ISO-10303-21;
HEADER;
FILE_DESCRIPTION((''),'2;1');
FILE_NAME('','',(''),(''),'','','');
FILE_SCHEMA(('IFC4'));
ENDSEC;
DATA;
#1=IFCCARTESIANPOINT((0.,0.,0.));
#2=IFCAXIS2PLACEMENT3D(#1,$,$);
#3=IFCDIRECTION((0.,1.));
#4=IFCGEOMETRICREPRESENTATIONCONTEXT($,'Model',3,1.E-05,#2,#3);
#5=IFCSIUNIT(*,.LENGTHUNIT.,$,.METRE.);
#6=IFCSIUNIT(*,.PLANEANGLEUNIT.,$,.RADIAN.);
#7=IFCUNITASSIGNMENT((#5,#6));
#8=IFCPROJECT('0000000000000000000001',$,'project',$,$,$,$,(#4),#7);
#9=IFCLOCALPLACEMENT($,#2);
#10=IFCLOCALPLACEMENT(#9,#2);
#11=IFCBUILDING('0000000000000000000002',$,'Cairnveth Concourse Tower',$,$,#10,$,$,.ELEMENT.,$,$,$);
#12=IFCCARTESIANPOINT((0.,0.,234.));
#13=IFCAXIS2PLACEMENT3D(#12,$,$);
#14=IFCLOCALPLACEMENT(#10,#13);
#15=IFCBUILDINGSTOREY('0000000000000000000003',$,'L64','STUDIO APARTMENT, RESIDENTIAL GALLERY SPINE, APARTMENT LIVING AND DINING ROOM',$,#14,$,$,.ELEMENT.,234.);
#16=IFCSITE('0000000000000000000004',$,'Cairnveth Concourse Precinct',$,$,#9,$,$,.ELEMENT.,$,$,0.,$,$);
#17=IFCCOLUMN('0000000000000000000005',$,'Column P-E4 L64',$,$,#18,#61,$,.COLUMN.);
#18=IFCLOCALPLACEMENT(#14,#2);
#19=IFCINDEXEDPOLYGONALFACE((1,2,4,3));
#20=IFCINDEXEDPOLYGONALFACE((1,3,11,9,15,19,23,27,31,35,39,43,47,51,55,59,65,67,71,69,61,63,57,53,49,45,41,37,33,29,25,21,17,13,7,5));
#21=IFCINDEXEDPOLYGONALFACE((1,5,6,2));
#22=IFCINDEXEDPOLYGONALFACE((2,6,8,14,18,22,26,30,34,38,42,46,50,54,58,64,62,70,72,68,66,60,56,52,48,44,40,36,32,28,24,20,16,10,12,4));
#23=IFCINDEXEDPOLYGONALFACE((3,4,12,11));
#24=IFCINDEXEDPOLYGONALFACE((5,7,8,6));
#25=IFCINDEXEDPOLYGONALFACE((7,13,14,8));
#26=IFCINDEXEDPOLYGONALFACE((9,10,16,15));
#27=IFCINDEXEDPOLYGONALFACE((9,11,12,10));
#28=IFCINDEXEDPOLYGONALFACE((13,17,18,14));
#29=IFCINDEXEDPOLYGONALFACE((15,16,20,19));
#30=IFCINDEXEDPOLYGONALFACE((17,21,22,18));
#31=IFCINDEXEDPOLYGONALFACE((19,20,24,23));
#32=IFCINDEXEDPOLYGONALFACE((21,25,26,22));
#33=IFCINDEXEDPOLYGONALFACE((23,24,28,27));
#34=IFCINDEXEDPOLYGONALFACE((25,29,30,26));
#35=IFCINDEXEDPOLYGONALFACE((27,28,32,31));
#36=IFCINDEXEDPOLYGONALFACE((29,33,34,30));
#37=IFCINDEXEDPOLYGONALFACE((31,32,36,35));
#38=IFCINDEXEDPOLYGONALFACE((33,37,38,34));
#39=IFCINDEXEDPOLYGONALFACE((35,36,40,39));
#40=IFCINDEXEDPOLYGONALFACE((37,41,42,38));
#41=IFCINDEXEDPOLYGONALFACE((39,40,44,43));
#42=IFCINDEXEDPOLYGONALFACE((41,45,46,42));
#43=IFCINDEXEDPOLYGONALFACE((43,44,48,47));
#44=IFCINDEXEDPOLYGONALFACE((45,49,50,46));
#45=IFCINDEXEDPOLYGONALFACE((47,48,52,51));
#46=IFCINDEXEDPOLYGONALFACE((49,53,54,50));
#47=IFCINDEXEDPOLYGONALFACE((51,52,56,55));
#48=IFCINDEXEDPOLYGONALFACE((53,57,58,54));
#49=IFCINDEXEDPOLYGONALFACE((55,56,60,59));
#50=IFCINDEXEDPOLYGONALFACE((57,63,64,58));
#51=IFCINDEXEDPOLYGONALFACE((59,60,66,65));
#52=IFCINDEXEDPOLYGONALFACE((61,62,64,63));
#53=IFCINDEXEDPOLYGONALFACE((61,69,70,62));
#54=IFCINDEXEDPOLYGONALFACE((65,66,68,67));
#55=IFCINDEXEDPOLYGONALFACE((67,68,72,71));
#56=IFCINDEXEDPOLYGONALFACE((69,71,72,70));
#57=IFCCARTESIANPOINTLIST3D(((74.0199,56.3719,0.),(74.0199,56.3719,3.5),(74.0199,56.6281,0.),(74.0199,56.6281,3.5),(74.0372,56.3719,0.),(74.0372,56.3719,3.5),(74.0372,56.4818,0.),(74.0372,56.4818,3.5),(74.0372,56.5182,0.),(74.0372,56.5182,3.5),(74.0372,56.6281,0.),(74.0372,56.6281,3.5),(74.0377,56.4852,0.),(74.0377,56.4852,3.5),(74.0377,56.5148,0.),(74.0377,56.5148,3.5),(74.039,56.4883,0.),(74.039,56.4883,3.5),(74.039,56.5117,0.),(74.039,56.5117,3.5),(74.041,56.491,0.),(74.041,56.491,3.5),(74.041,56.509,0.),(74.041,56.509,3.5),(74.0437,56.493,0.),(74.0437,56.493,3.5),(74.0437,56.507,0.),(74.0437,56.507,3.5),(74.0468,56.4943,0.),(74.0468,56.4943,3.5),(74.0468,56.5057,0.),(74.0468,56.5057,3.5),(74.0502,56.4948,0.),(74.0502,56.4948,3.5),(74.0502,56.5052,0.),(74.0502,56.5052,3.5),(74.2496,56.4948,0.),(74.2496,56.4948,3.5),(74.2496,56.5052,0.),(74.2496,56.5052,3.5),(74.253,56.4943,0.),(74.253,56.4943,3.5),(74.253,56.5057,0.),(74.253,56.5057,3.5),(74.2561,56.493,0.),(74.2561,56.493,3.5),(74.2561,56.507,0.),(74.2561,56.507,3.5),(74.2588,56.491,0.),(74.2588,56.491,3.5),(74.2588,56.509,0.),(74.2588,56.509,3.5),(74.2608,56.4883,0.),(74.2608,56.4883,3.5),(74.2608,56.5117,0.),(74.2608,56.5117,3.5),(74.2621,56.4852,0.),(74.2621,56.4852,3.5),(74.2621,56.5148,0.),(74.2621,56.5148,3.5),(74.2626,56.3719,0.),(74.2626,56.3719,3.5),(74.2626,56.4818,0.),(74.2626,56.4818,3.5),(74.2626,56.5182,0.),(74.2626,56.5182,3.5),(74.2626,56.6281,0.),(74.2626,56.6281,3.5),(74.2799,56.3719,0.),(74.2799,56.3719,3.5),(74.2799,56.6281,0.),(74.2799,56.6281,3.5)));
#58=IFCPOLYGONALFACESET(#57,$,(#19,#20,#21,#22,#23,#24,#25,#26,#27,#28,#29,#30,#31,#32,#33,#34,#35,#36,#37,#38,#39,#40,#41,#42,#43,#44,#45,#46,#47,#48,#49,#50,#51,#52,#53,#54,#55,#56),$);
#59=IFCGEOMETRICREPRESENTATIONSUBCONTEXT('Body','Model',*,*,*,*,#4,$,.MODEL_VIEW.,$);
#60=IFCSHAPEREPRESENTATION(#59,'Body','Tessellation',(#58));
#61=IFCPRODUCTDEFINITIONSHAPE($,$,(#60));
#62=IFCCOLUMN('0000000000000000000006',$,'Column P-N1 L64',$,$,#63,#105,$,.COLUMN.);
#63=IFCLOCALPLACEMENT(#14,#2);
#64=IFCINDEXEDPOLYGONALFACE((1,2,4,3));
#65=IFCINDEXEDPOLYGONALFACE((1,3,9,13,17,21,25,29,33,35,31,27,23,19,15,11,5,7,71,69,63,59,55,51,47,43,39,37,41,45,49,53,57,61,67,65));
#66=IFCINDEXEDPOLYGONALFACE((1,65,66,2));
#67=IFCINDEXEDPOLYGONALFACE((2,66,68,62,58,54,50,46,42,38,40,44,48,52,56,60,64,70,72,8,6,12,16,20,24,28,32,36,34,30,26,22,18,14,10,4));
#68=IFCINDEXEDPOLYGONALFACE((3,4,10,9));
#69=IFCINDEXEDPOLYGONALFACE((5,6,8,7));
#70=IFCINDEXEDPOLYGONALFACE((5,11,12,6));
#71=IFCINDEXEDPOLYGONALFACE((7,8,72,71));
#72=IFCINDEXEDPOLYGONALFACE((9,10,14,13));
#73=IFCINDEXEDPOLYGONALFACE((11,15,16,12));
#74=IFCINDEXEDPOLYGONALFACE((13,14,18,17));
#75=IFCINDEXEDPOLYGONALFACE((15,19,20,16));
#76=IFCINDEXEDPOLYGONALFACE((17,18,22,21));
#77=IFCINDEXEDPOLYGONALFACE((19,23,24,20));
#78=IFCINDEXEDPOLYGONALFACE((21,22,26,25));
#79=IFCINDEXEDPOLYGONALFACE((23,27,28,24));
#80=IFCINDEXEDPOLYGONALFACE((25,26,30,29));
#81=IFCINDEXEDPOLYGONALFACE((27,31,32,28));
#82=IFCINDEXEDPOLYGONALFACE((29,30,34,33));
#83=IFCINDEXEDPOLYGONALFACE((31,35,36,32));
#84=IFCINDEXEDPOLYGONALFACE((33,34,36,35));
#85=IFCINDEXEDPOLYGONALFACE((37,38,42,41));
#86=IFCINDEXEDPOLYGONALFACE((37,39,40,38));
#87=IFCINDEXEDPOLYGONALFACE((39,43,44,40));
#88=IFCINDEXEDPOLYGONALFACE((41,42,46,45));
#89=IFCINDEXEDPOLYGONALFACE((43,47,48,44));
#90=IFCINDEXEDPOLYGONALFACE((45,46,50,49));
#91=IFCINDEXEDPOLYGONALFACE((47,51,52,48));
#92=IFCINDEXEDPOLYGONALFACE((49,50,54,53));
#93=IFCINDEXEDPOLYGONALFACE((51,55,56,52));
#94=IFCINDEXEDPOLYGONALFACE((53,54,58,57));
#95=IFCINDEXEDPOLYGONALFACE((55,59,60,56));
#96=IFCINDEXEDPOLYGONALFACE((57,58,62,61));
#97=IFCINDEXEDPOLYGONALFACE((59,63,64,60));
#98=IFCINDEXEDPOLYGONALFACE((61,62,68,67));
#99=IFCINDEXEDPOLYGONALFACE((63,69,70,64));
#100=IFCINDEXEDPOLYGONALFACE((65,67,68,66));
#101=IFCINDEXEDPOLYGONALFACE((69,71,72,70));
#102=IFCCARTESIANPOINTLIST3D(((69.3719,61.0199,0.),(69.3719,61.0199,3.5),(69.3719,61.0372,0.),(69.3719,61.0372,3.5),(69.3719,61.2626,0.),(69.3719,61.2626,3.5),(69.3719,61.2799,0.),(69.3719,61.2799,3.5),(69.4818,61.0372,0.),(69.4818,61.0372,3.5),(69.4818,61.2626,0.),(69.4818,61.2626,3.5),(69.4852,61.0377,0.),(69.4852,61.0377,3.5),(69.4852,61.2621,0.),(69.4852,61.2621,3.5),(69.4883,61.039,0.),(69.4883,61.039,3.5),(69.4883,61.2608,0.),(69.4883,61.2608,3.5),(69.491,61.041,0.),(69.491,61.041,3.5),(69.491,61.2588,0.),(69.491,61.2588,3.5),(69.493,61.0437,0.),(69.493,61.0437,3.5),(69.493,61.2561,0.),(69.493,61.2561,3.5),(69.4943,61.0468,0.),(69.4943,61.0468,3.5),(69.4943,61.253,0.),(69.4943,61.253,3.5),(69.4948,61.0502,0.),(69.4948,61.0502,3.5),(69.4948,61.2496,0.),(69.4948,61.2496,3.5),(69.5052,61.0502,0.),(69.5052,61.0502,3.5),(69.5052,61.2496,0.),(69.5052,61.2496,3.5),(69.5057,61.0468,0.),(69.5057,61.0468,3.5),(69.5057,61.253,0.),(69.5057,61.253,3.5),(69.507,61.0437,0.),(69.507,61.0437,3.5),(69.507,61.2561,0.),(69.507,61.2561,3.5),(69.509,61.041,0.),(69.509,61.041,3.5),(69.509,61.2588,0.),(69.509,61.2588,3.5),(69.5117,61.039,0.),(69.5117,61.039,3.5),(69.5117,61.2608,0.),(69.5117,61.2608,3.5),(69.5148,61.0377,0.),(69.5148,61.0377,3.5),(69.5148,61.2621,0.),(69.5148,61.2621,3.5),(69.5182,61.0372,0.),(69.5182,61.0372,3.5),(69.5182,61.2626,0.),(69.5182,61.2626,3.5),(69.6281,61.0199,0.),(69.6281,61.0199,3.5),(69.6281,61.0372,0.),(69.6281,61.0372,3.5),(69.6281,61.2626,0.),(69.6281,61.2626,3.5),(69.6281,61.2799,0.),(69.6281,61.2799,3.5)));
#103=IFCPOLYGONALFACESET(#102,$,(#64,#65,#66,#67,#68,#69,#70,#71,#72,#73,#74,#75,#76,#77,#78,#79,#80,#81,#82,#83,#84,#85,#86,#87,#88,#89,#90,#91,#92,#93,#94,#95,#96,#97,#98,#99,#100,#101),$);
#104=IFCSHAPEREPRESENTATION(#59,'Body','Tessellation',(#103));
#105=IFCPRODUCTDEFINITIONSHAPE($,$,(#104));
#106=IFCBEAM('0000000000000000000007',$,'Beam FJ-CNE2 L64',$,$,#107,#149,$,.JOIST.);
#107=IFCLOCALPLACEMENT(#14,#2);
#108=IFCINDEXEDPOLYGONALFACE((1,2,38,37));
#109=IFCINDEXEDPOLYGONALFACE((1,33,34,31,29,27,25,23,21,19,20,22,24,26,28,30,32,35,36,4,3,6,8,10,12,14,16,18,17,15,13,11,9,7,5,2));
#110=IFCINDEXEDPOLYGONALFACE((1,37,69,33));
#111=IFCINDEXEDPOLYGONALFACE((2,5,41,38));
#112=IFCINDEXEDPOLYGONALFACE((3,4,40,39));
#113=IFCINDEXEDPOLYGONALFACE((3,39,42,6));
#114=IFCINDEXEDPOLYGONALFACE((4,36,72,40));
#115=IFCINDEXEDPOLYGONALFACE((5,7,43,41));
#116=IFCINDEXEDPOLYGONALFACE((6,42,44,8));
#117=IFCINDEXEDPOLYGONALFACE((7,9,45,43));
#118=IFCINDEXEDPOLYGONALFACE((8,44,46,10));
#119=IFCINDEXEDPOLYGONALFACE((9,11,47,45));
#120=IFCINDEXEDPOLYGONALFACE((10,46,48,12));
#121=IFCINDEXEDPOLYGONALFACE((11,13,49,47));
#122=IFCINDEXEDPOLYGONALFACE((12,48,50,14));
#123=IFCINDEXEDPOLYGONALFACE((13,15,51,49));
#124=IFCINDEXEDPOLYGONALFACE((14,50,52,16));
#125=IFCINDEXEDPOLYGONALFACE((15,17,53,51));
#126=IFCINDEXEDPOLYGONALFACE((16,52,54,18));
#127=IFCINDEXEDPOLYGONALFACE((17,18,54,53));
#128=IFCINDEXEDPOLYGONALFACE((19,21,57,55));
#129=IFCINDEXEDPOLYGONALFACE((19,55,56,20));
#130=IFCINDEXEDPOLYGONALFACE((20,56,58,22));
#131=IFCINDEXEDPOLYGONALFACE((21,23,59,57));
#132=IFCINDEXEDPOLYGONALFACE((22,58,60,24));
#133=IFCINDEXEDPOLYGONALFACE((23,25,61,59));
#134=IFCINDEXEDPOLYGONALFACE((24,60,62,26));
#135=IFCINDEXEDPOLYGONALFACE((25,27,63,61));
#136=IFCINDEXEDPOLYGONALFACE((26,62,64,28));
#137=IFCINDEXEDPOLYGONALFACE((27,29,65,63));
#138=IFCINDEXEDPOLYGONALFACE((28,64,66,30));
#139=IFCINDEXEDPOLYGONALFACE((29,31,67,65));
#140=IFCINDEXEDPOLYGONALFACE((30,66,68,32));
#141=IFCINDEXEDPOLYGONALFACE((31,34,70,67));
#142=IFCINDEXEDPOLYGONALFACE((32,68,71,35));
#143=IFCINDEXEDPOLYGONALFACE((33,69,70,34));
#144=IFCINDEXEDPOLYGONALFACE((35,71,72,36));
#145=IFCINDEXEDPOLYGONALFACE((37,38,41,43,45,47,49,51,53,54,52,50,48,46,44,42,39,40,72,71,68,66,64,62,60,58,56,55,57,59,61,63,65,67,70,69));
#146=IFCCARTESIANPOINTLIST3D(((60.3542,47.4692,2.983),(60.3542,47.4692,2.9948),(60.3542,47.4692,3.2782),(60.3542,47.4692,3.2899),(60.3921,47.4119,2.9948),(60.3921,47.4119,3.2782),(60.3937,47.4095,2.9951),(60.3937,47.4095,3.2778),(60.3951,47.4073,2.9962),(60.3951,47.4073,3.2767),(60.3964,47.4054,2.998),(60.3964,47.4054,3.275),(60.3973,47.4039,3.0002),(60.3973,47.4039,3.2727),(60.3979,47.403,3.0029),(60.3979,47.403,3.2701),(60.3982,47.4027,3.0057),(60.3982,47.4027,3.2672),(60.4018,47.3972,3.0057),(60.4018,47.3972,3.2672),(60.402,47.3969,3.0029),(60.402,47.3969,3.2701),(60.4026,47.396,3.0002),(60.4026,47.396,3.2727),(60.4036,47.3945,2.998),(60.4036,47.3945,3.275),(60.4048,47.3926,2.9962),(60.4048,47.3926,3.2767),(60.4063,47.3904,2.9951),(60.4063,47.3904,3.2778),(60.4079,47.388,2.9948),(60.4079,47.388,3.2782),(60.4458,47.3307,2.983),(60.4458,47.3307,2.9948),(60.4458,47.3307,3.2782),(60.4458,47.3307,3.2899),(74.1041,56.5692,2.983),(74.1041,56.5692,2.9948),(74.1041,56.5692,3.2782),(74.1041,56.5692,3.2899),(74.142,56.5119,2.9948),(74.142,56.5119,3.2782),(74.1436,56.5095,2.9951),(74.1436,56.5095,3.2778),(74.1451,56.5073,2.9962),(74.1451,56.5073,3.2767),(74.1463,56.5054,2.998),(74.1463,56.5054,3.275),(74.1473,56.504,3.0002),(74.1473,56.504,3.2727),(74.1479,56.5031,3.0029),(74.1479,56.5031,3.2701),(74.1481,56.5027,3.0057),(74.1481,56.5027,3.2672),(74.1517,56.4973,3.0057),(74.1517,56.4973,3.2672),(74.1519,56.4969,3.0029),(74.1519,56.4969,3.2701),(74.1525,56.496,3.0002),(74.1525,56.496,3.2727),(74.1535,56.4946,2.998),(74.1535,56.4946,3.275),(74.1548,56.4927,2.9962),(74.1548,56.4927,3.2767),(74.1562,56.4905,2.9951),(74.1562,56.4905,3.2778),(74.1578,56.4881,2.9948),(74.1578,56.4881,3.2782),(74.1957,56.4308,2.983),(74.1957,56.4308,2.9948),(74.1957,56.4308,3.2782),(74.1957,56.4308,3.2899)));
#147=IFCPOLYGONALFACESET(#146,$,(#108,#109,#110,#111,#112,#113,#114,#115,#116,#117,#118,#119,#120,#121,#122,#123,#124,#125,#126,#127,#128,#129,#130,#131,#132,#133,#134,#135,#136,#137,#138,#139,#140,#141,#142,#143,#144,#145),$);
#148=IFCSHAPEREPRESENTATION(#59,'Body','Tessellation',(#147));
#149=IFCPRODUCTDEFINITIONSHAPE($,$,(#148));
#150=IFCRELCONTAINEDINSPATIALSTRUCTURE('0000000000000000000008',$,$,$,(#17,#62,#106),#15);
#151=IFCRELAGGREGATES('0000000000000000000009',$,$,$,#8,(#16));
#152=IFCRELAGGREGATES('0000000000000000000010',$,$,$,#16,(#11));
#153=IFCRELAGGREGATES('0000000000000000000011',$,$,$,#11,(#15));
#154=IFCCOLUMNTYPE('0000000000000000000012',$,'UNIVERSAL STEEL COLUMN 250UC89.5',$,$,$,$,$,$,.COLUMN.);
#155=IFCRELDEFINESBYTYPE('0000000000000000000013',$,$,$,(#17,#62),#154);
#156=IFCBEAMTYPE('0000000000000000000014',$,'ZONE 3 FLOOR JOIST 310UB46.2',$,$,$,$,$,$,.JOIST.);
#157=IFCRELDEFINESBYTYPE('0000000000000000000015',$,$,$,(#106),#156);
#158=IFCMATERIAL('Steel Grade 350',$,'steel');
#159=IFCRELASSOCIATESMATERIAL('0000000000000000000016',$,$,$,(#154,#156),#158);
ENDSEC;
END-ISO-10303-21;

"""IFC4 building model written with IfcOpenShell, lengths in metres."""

from ifc_helpers import new_model, si_unit, direction, frame, origin, origin_2d, place, context, subcontext, project, spatial, i_section, extrude, material, material_profile, profile_set, type_object, element, save


model = new_model("IFC4")

# Units and contexts
model_context = context("Model", 3, precision=1e-05, world=origin(), true_north=direction((0.0, 1.0)))
body_context = subcontext(model_context, "Body", "Model", "MODEL_VIEW")
ifc_project = project(units=[si_unit("LENGTHUNIT", "METRE"), si_unit("PLANEANGLEUNIT", "RADIAN")], contexts=[model_context])

# Site, building, storey
site_placement = place(None, origin())
site = spatial("IfcSite", under=ifc_project, at=site_placement, Name="Cairnveth Concourse Precinct", CompositionType="ELEMENT", RefElevation=0.0)
building_placement = place(site_placement, origin())
building = spatial("IfcBuilding", under=site, at=building_placement, Name="Cairnveth Concourse Tower", CompositionType="ELEMENT")
storey_placement = place(building_placement, frame((0.0, 0.0, 234.0)))
storey = spatial("IfcBuildingStorey", under=building, at=storey_placement, Name="L64", Description="STUDIO APARTMENT, RESIDENTIAL GALLERY SPINE, APARTMENT LIVING AND DINING ROOM", CompositionType="ELEMENT", Elevation=234.0)

# Columns
ifc_material_1 = material(Name="Steel Grade 350", Category="steel")
ifc_material_profile_1 = material_profile(ifc_material_1, i_section(OverallWidth=0.2561, OverallDepth=0.26, WebThickness=0.0105, FlangeThickness=0.0173, FilletRadius=0.0129, at=origin_2d()), Name="250UC89.5")
ifc_profile_set_1 = profile_set([ifc_material_profile_1], Name="Steel Grade 350")
column_type = type_object("IfcColumnType", Name="UNIVERSAL STEEL COLUMN 250UC89.5", PredefinedType="COLUMN", material=ifc_profile_set_1)
for number, where, z_axis, x_axis, name in (
    (1, (74.1499, 56.5, 0.0), (0.0, 0.0, 1.0), (0.0, 1.0, 0.0), "Column P-E4 L64"),
    (2, (69.5, 61.1499, 0.0), (0.0, 0.0, 1.0), (1.0, 0.0, 0.0), "Column P-N1 L64"),
):
    element("IfcColumn", number, at=place(storey_placement, frame(where, z_axis=z_axis, x_axis=x_axis)), inside=storey, type_object=column_type, Name=name, PredefinedType="COLUMN", context=body_context, shape_type="SweptSolid", body=[
        extrude(i_section(OverallWidth=0.2561, OverallDepth=0.26, WebThickness=0.0105, FlangeThickness=0.0173, FilletRadius=0.0129, at=origin_2d()), origin(), (0.0, 0.0, 1.0), 3.5),
    ])

# Beam
ifc_material_profile_2 = material_profile(ifc_material_1, i_section(OverallWidth=0.166, OverallDepth=0.3069, WebThickness=0.0066, FlangeThickness=0.0117, FilletRadius=0.011, at=origin_2d()), Name="310UB46.2")
ifc_profile_set_2 = profile_set([ifc_material_profile_2], Name="Steel Grade 350")
beam_type_1 = type_object("IfcBeamType", Name="ZONE 3 FLOOR JOIST 310UB46.2", PredefinedType="JOIST", material=ifc_profile_set_2)
beam_1_placement = place(storey_placement, frame((74.1499, 56.5, 3.1365), z_axis=(-0.833909, -0.551902, 0.0), x_axis=(0.551902, -0.833909, 0.0)))
element("IfcBeam", 3, at=beam_1_placement, inside=storey, type_object=beam_type_1, Name="Beam FJ-CNE2 L64", PredefinedType="JOIST", context=body_context, shape_type="SweptSolid", body=[
    extrude(i_section(OverallWidth=0.166, OverallDepth=0.3069, WebThickness=0.0066, FlangeThickness=0.0117, FilletRadius=0.011, at=origin_2d()), origin(), (0.0, 0.0, 1.0), 16.4885),
])

save(model, "model.ifc")
